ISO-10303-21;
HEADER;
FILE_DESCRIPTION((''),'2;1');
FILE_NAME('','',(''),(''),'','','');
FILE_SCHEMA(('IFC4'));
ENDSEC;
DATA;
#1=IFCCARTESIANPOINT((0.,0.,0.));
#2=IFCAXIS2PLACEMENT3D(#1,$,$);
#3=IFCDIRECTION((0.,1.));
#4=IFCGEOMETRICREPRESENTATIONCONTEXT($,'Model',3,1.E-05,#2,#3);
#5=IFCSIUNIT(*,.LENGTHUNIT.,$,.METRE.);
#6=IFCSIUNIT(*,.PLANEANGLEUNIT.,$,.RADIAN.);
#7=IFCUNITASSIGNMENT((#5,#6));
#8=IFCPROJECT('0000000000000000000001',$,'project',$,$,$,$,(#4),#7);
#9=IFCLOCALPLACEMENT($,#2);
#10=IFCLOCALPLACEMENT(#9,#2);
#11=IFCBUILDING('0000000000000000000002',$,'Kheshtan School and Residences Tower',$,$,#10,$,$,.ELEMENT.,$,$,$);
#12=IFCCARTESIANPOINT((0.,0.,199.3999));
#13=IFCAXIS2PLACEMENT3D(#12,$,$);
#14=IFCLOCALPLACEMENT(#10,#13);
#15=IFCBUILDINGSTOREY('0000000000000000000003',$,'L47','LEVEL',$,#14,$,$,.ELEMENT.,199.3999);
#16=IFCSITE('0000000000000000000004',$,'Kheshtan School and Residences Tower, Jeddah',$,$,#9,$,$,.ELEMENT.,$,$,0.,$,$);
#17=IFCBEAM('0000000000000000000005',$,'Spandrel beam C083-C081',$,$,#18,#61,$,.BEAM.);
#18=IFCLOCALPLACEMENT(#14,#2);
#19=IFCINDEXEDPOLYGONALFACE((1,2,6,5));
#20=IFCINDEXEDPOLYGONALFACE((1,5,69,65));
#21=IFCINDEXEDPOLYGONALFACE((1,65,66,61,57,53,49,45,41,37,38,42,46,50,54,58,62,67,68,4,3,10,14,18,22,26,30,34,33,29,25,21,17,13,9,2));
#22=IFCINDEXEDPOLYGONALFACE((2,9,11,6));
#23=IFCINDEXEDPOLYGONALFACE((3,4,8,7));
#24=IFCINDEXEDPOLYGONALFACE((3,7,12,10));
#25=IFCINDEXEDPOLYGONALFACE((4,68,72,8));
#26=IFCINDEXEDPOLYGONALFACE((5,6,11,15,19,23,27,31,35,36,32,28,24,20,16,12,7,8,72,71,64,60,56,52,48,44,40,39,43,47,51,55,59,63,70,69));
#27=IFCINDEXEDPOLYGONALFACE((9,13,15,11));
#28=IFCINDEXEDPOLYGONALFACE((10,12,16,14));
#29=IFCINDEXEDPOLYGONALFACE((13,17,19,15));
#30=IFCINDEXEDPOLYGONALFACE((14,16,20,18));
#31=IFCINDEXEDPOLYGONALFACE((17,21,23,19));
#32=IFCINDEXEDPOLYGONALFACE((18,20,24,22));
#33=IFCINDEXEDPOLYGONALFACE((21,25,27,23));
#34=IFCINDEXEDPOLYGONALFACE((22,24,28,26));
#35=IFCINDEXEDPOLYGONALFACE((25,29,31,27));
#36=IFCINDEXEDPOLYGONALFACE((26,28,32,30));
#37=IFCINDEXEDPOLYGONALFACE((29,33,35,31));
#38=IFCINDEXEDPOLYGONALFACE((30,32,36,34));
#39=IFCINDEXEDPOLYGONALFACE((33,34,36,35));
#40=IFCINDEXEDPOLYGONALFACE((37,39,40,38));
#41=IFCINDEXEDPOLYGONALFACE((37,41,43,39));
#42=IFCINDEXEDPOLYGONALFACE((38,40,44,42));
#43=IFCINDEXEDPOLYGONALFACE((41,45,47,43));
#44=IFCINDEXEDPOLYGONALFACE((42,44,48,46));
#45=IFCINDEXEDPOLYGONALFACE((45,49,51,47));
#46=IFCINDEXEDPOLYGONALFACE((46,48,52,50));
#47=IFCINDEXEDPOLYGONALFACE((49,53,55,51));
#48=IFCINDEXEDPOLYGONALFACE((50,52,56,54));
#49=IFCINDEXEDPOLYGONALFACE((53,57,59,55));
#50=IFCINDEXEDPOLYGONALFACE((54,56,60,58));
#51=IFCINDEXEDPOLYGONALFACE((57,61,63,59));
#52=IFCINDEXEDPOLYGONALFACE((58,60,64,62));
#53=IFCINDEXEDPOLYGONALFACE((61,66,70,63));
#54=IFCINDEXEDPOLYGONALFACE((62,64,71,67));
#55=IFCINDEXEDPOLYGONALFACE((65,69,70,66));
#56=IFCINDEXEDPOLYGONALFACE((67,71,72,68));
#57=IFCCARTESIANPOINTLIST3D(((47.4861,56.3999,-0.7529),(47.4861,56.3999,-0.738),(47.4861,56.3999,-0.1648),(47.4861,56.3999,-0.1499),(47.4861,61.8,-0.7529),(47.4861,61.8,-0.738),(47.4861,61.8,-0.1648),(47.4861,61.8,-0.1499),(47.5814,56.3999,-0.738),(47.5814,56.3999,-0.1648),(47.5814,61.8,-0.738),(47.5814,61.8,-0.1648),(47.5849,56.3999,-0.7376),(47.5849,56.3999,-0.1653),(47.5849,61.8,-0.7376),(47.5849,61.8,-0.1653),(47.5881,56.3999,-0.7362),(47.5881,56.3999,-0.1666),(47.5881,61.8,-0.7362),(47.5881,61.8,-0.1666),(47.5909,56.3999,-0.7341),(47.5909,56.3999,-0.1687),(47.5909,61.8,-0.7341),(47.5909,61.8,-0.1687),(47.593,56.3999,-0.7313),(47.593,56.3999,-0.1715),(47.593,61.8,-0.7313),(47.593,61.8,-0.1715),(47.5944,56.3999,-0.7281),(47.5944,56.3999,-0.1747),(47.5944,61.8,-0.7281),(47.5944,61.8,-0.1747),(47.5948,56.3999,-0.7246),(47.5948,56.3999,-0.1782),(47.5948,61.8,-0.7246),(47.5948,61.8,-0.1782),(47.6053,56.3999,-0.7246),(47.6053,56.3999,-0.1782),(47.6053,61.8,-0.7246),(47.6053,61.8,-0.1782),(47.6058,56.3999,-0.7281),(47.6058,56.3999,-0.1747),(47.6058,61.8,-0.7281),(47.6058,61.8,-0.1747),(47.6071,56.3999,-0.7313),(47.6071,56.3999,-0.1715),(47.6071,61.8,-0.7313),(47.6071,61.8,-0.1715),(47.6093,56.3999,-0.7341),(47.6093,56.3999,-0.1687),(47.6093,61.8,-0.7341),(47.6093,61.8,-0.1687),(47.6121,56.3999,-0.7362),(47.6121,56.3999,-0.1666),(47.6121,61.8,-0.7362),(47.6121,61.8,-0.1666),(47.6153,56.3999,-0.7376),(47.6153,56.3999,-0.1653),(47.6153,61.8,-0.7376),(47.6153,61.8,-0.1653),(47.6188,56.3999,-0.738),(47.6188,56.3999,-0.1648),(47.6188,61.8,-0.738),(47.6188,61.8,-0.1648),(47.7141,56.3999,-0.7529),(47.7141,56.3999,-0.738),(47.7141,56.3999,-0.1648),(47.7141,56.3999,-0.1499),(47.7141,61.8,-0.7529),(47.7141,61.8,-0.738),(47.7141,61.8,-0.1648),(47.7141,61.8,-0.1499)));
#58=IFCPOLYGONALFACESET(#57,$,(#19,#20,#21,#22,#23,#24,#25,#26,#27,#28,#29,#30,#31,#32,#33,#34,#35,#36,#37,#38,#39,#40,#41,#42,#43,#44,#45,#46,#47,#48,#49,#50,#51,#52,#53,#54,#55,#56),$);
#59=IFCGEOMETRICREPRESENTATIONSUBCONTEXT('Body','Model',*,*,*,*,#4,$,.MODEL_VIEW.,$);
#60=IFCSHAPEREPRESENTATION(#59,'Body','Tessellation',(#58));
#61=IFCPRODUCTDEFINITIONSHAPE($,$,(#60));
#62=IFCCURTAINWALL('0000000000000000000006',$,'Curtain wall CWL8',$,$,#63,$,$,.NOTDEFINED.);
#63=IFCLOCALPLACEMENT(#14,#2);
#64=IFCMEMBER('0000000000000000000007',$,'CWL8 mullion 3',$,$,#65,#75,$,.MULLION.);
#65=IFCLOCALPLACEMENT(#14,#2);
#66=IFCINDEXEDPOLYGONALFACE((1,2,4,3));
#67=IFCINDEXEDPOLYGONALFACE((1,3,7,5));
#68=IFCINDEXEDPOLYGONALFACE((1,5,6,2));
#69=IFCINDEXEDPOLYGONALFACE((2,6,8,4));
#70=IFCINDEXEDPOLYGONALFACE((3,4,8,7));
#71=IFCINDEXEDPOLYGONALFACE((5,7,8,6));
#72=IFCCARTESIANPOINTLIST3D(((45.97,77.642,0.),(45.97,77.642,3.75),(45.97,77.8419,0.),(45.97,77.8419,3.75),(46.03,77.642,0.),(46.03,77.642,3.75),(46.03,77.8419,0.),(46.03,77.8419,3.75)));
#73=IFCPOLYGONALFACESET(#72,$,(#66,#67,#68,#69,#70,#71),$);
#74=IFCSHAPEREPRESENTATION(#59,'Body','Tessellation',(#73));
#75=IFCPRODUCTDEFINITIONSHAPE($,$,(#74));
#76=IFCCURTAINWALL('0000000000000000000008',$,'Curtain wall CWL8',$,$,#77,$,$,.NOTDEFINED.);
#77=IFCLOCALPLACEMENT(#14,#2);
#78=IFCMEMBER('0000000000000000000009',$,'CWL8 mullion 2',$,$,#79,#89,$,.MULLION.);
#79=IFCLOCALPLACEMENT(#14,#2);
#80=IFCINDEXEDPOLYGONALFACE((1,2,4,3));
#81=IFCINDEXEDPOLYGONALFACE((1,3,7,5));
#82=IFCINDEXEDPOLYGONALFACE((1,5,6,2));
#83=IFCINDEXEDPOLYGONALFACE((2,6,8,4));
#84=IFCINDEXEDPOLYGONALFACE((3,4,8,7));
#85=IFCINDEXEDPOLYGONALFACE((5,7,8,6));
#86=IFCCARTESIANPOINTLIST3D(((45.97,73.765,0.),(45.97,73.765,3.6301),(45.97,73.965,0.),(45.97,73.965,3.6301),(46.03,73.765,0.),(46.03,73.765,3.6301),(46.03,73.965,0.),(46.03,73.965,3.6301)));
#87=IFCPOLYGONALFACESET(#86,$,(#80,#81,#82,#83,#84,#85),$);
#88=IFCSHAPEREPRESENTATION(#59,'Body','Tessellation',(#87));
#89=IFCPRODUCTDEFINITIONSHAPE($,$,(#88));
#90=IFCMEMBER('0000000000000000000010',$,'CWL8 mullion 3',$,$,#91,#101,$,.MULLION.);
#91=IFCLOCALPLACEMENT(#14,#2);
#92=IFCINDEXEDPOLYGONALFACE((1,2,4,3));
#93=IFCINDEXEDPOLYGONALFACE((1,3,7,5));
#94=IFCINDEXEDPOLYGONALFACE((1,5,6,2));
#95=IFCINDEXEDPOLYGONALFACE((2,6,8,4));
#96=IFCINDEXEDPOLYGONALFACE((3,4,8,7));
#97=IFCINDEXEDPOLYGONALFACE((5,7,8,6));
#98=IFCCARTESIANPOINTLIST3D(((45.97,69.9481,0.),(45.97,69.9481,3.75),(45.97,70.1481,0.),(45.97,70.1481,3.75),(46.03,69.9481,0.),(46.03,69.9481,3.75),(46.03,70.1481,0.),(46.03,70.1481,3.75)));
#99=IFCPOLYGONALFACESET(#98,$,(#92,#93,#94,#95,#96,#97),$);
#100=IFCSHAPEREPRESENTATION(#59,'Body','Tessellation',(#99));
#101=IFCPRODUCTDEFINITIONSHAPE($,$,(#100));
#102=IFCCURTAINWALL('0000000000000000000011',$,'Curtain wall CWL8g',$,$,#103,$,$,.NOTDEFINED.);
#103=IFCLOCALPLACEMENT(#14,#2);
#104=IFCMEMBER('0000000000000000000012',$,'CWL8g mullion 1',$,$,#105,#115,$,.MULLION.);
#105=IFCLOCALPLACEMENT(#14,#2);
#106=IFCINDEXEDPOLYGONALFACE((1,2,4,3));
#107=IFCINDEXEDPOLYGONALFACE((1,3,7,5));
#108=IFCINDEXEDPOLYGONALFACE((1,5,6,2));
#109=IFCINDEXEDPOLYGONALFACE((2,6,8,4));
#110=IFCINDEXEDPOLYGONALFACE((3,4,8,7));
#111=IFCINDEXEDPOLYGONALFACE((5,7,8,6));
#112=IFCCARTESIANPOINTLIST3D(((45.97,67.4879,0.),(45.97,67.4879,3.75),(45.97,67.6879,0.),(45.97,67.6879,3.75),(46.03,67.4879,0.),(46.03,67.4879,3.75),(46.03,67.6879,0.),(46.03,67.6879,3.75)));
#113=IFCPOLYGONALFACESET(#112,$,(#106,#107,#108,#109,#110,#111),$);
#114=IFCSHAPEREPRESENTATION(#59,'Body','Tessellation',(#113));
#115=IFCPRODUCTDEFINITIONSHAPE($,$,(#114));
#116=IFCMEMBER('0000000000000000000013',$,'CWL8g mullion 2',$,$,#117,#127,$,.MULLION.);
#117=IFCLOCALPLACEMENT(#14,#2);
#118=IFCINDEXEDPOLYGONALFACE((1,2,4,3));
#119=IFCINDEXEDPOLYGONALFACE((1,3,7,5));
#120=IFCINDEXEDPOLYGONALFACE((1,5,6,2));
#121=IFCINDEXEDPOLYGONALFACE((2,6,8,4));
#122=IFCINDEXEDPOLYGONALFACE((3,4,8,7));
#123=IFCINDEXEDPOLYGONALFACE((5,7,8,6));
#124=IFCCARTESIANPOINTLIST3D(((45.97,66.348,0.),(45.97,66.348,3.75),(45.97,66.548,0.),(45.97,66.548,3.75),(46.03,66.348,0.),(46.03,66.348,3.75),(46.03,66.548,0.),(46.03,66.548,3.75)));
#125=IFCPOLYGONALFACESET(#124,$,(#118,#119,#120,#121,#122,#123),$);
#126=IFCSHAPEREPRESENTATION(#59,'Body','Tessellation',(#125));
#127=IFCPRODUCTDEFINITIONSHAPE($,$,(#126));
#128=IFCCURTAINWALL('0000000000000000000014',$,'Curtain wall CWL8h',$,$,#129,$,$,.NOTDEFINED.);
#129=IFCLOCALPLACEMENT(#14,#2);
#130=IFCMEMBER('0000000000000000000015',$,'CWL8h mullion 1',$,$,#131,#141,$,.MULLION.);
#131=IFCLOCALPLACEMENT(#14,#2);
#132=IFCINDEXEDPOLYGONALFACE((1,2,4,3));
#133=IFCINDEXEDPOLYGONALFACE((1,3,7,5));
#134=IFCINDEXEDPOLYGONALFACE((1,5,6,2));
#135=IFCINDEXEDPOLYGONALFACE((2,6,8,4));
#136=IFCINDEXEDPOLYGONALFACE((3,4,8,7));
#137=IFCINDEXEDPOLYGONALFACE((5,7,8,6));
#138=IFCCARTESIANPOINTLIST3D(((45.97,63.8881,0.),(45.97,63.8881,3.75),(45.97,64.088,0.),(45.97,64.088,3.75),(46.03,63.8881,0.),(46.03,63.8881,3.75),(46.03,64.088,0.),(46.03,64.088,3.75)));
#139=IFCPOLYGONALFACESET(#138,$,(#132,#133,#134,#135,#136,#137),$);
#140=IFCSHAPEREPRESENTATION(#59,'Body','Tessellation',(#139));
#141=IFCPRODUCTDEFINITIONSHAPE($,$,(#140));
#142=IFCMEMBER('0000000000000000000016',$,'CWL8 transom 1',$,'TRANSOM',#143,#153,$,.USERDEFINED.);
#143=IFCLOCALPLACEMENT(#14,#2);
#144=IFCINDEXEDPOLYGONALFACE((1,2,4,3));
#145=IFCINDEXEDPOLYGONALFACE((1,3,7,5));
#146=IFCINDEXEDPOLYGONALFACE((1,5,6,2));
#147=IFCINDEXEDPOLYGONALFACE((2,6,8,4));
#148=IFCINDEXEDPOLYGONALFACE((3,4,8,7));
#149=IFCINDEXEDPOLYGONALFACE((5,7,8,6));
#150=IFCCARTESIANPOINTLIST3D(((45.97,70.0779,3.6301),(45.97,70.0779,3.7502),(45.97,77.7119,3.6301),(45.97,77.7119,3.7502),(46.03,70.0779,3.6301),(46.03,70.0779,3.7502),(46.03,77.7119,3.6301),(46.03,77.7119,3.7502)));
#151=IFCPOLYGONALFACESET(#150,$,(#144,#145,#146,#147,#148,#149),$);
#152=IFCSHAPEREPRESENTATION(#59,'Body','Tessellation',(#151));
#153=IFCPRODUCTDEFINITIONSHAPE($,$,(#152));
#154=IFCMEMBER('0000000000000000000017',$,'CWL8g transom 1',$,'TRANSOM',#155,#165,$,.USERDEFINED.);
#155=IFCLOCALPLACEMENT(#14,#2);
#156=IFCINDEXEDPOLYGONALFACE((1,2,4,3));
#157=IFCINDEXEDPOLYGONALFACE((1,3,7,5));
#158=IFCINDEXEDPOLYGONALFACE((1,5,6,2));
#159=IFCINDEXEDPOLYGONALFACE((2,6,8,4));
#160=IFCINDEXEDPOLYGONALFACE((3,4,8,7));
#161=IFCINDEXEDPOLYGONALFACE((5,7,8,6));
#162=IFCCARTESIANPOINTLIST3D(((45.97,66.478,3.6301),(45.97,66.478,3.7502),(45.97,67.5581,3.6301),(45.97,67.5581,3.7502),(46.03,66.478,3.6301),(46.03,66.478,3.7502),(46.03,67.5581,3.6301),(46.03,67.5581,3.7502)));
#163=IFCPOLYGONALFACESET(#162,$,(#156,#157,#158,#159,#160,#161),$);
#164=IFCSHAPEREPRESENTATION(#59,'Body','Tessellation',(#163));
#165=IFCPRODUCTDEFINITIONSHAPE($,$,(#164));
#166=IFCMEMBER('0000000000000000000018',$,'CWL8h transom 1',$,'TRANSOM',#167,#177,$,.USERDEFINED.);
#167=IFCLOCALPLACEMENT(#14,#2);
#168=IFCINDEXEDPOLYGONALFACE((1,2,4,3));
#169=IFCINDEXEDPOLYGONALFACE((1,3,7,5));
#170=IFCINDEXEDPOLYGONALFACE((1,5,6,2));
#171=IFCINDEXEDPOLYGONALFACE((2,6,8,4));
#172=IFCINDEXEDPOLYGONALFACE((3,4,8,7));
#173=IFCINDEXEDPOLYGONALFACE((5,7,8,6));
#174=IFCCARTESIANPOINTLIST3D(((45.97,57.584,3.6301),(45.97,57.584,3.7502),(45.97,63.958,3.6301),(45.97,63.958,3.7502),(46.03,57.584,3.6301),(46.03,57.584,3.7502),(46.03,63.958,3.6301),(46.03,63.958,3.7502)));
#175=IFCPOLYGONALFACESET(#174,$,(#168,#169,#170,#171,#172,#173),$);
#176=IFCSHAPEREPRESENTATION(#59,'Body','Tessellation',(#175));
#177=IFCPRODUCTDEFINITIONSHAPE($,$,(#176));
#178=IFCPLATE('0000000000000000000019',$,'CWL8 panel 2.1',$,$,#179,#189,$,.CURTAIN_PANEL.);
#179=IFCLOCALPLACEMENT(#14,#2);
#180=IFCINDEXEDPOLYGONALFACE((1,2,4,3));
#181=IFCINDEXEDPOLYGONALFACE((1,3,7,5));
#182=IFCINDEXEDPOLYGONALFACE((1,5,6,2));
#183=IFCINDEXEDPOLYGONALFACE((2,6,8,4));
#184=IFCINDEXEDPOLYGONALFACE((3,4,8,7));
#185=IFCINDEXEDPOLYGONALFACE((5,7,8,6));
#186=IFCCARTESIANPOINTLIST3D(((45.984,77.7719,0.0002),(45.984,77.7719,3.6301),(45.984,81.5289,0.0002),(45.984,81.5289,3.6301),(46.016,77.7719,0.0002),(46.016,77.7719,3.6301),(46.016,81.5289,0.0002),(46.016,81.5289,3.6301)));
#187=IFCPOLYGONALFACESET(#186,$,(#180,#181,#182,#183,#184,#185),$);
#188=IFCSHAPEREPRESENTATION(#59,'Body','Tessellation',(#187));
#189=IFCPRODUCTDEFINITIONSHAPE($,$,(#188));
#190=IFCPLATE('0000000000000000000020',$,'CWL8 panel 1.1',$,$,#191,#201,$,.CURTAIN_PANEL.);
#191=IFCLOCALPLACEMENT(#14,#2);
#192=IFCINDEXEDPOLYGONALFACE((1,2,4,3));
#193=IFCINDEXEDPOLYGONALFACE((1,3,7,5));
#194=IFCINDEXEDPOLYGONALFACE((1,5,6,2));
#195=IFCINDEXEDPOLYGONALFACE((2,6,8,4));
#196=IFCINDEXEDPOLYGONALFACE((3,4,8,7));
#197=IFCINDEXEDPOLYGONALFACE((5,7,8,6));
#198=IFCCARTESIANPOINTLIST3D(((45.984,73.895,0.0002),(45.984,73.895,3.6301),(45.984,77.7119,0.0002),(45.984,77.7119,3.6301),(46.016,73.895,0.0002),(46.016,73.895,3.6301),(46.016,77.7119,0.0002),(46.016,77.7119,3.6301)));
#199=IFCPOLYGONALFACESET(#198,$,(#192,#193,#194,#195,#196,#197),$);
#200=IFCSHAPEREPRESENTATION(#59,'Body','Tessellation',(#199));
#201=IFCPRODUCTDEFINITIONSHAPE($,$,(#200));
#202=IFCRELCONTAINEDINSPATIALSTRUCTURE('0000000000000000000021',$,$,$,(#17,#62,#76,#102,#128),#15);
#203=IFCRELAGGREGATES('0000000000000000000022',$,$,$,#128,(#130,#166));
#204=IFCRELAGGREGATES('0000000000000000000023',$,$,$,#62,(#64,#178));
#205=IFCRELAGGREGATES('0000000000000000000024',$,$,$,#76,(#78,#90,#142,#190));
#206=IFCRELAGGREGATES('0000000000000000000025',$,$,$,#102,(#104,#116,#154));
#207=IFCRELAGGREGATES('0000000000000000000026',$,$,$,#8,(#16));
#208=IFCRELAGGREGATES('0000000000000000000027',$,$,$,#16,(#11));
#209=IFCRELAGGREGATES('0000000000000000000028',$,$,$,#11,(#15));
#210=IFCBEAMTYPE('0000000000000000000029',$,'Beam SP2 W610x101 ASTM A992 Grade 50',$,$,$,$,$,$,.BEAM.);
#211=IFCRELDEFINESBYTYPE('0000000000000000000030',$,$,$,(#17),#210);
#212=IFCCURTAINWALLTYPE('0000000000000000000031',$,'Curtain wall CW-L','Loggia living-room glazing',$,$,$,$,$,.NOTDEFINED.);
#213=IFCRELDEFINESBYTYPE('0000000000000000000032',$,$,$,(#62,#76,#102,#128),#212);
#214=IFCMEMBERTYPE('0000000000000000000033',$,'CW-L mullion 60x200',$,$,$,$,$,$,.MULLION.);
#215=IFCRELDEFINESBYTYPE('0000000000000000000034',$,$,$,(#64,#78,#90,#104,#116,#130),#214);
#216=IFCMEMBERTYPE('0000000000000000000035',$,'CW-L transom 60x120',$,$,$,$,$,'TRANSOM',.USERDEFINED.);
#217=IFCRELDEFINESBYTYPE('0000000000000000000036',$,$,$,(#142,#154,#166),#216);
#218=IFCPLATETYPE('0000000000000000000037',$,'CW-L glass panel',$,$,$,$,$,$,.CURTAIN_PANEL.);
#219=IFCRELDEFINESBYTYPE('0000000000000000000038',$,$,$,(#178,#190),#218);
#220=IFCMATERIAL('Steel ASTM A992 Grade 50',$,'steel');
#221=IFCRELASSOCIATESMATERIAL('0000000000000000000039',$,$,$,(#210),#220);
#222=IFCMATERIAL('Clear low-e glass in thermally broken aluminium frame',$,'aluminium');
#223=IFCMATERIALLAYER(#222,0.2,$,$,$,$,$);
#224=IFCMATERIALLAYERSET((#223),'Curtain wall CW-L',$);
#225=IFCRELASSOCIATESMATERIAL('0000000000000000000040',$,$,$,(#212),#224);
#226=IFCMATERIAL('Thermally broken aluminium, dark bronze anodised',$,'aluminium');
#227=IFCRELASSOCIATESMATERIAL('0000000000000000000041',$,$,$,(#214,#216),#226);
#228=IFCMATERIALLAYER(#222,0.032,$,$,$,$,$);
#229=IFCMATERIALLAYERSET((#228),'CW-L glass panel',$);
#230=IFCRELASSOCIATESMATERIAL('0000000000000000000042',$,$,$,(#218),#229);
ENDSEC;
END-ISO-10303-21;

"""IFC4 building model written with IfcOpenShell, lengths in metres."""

from ifc_helpers import new_model, si_unit, direction, frame, origin, origin_2d, place, context, subcontext, project, spatial, rectangle, i_section, extrude, material, layer, layer_set, material_profile, profile_set, type_object, element, aggregate, save


model = new_model("IFC4")

# Units and contexts
model_context = context("Model", 3, precision=1e-05, world=origin(), true_north=direction((0.0, 1.0)))
body_context = subcontext(model_context, "Body", "Model", "MODEL_VIEW")
ifc_project = project(units=[si_unit("LENGTHUNIT", "METRE"), si_unit("PLANEANGLEUNIT", "RADIAN")], contexts=[model_context])

# Site, building, storey
site_placement = place(None, origin())
site = spatial("IfcSite", under=ifc_project, at=site_placement, Name="Kheshtan School and Residences Tower, Jeddah", CompositionType="ELEMENT", RefElevation=0.0)
building_placement = place(site_placement, origin())
building = spatial("IfcBuilding", under=site, at=building_placement, Name="Kheshtan School and Residences Tower", CompositionType="ELEMENT")
storey_placement = place(building_placement, frame((0.0, 0.0, 199.3999)))
storey = spatial("IfcBuildingStorey", under=building, at=storey_placement, Name="L47", Description="LEVEL", CompositionType="ELEMENT", Elevation=199.3999)

# Shared definitions
ifc_material_1 = material(Name="Steel ASTM A992 Grade 50", Category="steel")

# Beam
ifc_material_profile_1 = material_profile(ifc_material_1, i_section(OverallWidth=0.228, OverallDepth=0.603, WebThickness=0.0105, FlangeThickness=0.0149, FilletRadius=0.0134, at=origin_2d()), Name="W610x101")
ifc_profile_set_1 = profile_set([ifc_material_profile_1], Name="Steel ASTM A992 Grade 50")
beam_type_1 = type_object("IfcBeamType", Name="Beam SP2 W610x101 ASTM A992 Grade 50", PredefinedType="BEAM", material=ifc_profile_set_1)
beam_1_placement = place(storey_placement, frame((47.6001, 61.8, -0.4514), z_axis=(0.0, -1.0, 0.0), x_axis=(1.0, 0.0, 0.0)))
element("IfcBeam", 1, at=beam_1_placement, inside=storey, type_object=beam_type_1, Name="Spandrel beam C083-C081", PredefinedType="BEAM", context=body_context, shape_type="SweptSolid", body=[
    extrude(i_section(OverallWidth=0.228, OverallDepth=0.603, WebThickness=0.0105, FlangeThickness=0.0149, FilletRadius=0.0134, at=origin_2d()), origin(), (0.0, 0.0, 1.0), 5.4001),
])

# Curtain wall, member
ifc_material_2 = material(Name="Clear low-e glass in thermally broken aluminium frame", Category="aluminium")
ifc_layer_1 = layer(ifc_material_2, 0.2)
ifc_layer_set_1 = layer_set([ifc_layer_1], Name="Curtain wall CW-L")
curtain_wall_type = type_object("IfcCurtainWallType", Name="Curtain wall CW-L", Description="Loggia living-room glazing", PredefinedType="NOTDEFINED", material=ifc_layer_set_1)
curtain_wall_1_placement = place(storey_placement, origin())
curtain_wall_1 = element("IfcCurtainWall", 2, at=curtain_wall_1_placement, inside=storey, type_object=curtain_wall_type, Name="Curtain wall CWL8", PredefinedType="NOTDEFINED")
ifc_material_3 = material(Name="Thermally broken aluminium, dark bronze anodised", Category="aluminium")
ifc_material_profile_2 = material_profile(ifc_material_3, rectangle(XDim=0.0601, YDim=0.2, at=origin_2d()), Name="CW-L mullion 60x200")
ifc_profile_set_2 = profile_set([ifc_material_profile_2], Name="Thermally broken aluminium, dark bronze anodised")
member_type_1 = type_object("IfcMemberType", Name="CW-L mullion 60x200", PredefinedType="MULLION", material=ifc_profile_set_2)
member_1_placement = place(storey_placement, frame((46.0, 77.7419, 0.0), z_axis=(0.0, 0.0, 1.0), x_axis=(1.0, 0.0, 0.0)))
member_1 = element("IfcMember", 3, at=member_1_placement, type_object=member_type_1, Name="CWL8 mullion 3", PredefinedType="MULLION", context=body_context, shape_type="SweptSolid", body=[
    extrude(rectangle(XDim=0.0601, YDim=0.2, at=origin_2d()), origin(), (0.0, 0.0, 1.0), 3.75),
])

# Curtain walls, members
curtain_wall_2_placement = place(storey_placement, origin())
curtain_wall_2 = element("IfcCurtainWall", 4, at=curtain_wall_2_placement, inside=storey, type_object=curtain_wall_type, Name="Curtain wall CWL8", PredefinedType="NOTDEFINED")
member_2_placement = place(storey_placement, frame((46.0, 73.865, 0.0), z_axis=(0.0, 0.0, 1.0), x_axis=(1.0, 0.0, 0.0)))
member_2 = element("IfcMember", 5, at=member_2_placement, type_object=member_type_1, Name="CWL8 mullion 2", PredefinedType="MULLION", context=body_context, shape_type="SweptSolid", body=[
    extrude(rectangle(XDim=0.0601, YDim=0.2, at=origin_2d()), origin(), (0.0, 0.0, 1.0), 3.6301),
])
member_3_placement = place(storey_placement, frame((46.0, 70.0481, 0.0), z_axis=(0.0, 0.0, 1.0), x_axis=(1.0, 0.0, 0.0)))
member_3 = element("IfcMember", 6, at=member_3_placement, type_object=member_type_1, Name="CWL8 mullion 3", PredefinedType="MULLION", context=body_context, shape_type="SweptSolid", body=[
    extrude(rectangle(XDim=0.0601, YDim=0.2, at=origin_2d()), origin(), (0.0, 0.0, 1.0), 3.75),
])
curtain_wall_3_placement = place(storey_placement, origin())
curtain_wall_3 = element("IfcCurtainWall", 7, at=curtain_wall_3_placement, inside=storey, type_object=curtain_wall_type, Name="Curtain wall CWL8g", PredefinedType="NOTDEFINED")
member_4_placement = place(storey_placement, frame((46.0, 67.5879, 0.0), z_axis=(0.0, 0.0, 1.0), x_axis=(1.0, 0.0, 0.0)))
member_4 = element("IfcMember", 8, at=member_4_placement, type_object=member_type_1, Name="CWL8g mullion 1", PredefinedType="MULLION", context=body_context, shape_type="SweptSolid", body=[
    extrude(rectangle(XDim=0.0601, YDim=0.2, at=origin_2d()), origin(), (0.0, 0.0, 1.0), 3.75),
])
member_5_placement = place(storey_placement, frame((46.0, 66.448, 0.0), z_axis=(0.0, 0.0, 1.0), x_axis=(1.0, 0.0, 0.0)))
member_5 = element("IfcMember", 9, at=member_5_placement, type_object=member_type_1, Name="CWL8g mullion 2", PredefinedType="MULLION", context=body_context, shape_type="SweptSolid", body=[
    extrude(rectangle(XDim=0.0601, YDim=0.2, at=origin_2d()), origin(), (0.0, 0.0, 1.0), 3.75),
])

# Curtain wall, member
curtain_wall_4_placement = place(storey_placement, origin())
curtain_wall_4 = element("IfcCurtainWall", 10, at=curtain_wall_4_placement, inside=storey, type_object=curtain_wall_type, Name="Curtain wall CWL8h", PredefinedType="NOTDEFINED")
member_6_placement = place(storey_placement, frame((46.0, 63.988, 0.0), z_axis=(0.0, 0.0, 1.0), x_axis=(1.0, 0.0, 0.0)))
member_6 = element("IfcMember", 11, at=member_6_placement, type_object=member_type_1, Name="CWL8h mullion 1", PredefinedType="MULLION", context=body_context, shape_type="SweptSolid", body=[
    extrude(rectangle(XDim=0.0601, YDim=0.2, at=origin_2d()), origin(), (0.0, 0.0, 1.0), 3.75),
])

# Members
ifc_material_profile_3 = material_profile(ifc_material_3, rectangle(XDim=0.0601, YDim=0.1201, at=origin_2d()), Name="CW-L transom 60x120")
ifc_profile_set_3 = profile_set([ifc_material_profile_3], Name="Thermally broken aluminium, dark bronze anodised")
member_type_2 = type_object("IfcMemberType", Name="CW-L transom 60x120", ElementType="TRANSOM", PredefinedType="USERDEFINED", material=ifc_profile_set_3)
member_7_placement = place(storey_placement, frame((46.0, 77.7119, 3.6902), z_axis=(0.0, -1.0, 0.0), x_axis=(1.0, 0.0, 0.0)))
member_7 = element("IfcMember", 12, at=member_7_placement, type_object=member_type_2, Name="CWL8 transom 1", ObjectType="TRANSOM", PredefinedType="USERDEFINED", context=body_context, shape_type="SweptSolid", body=[
    extrude(rectangle(XDim=0.0601, YDim=0.1201, at=origin_2d()), origin(), (0.0, 0.0, 1.0), 7.634),
])
member_8_placement = place(storey_placement, frame((46.0, 67.5581, 3.6902), z_axis=(0.0, -1.0, 0.0), x_axis=(1.0, 0.0, 0.0)))
member_8 = element("IfcMember", 13, at=member_8_placement, type_object=member_type_2, Name="CWL8g transom 1", ObjectType="TRANSOM", PredefinedType="USERDEFINED", context=body_context, shape_type="SweptSolid", body=[
    extrude(rectangle(XDim=0.0601, YDim=0.1201, at=origin_2d()), origin(), (0.0, 0.0, 1.0), 1.0801),
])
member_9_placement = place(storey_placement, frame((46.0, 63.958, 3.6902), z_axis=(0.0, -1.0, 0.0), x_axis=(1.0, 0.0, 0.0)))
member_9 = element("IfcMember", 14, at=member_9_placement, type_object=member_type_2, Name="CWL8h transom 1", ObjectType="TRANSOM", PredefinedType="USERDEFINED", context=body_context, shape_type="SweptSolid", body=[
    extrude(rectangle(XDim=0.0601, YDim=0.1201, at=origin_2d()), origin(), (0.0, 0.0, 1.0), 6.374),
])
aggregate(curtain_wall_4, [member_6, member_9])

# Plates
ifc_layer_2 = layer(ifc_material_2, 0.032)
ifc_layer_set_2 = layer_set([ifc_layer_2], Name="CW-L glass panel")
plate_type = type_object("IfcPlateType", Name="CW-L glass panel", PredefinedType="CURTAIN_PANEL", material=ifc_layer_set_2)
plate_1_placement = place(storey_placement, frame((46.0, 79.6504, 0.0002), z_axis=(0.0, 0.0, 1.0), x_axis=(0.0, -1.0, 0.0)))
plate_1 = element("IfcPlate", 15, at=plate_1_placement, type_object=plate_type, Name="CWL8 panel 2.1", PredefinedType="CURTAIN_PANEL", context=body_context, shape_type="SweptSolid", body=[
    extrude(rectangle(XDim=3.7571, YDim=0.032, at=origin_2d()), origin(), (0.0, 0.0, 1.0), 3.6299),
])
aggregate(curtain_wall_1, [member_1, plate_1])
plate_2_placement = place(storey_placement, frame((46.0, 75.8035, 0.0002), z_axis=(0.0, 0.0, 1.0), x_axis=(0.0, -1.0, 0.0)))
plate_2 = element("IfcPlate", 16, at=plate_2_placement, type_object=plate_type, Name="CWL8 panel 1.1", PredefinedType="CURTAIN_PANEL", context=body_context, shape_type="SweptSolid", body=[
    extrude(rectangle(XDim=3.8169, YDim=0.032, at=origin_2d()), origin(), (0.0, 0.0, 1.0), 3.6299),
])
aggregate(curtain_wall_2, [member_2, member_3, member_7, plate_2])
aggregate(curtain_wall_3, [member_4, member_5, member_8])

save(model, "model.ifc")
